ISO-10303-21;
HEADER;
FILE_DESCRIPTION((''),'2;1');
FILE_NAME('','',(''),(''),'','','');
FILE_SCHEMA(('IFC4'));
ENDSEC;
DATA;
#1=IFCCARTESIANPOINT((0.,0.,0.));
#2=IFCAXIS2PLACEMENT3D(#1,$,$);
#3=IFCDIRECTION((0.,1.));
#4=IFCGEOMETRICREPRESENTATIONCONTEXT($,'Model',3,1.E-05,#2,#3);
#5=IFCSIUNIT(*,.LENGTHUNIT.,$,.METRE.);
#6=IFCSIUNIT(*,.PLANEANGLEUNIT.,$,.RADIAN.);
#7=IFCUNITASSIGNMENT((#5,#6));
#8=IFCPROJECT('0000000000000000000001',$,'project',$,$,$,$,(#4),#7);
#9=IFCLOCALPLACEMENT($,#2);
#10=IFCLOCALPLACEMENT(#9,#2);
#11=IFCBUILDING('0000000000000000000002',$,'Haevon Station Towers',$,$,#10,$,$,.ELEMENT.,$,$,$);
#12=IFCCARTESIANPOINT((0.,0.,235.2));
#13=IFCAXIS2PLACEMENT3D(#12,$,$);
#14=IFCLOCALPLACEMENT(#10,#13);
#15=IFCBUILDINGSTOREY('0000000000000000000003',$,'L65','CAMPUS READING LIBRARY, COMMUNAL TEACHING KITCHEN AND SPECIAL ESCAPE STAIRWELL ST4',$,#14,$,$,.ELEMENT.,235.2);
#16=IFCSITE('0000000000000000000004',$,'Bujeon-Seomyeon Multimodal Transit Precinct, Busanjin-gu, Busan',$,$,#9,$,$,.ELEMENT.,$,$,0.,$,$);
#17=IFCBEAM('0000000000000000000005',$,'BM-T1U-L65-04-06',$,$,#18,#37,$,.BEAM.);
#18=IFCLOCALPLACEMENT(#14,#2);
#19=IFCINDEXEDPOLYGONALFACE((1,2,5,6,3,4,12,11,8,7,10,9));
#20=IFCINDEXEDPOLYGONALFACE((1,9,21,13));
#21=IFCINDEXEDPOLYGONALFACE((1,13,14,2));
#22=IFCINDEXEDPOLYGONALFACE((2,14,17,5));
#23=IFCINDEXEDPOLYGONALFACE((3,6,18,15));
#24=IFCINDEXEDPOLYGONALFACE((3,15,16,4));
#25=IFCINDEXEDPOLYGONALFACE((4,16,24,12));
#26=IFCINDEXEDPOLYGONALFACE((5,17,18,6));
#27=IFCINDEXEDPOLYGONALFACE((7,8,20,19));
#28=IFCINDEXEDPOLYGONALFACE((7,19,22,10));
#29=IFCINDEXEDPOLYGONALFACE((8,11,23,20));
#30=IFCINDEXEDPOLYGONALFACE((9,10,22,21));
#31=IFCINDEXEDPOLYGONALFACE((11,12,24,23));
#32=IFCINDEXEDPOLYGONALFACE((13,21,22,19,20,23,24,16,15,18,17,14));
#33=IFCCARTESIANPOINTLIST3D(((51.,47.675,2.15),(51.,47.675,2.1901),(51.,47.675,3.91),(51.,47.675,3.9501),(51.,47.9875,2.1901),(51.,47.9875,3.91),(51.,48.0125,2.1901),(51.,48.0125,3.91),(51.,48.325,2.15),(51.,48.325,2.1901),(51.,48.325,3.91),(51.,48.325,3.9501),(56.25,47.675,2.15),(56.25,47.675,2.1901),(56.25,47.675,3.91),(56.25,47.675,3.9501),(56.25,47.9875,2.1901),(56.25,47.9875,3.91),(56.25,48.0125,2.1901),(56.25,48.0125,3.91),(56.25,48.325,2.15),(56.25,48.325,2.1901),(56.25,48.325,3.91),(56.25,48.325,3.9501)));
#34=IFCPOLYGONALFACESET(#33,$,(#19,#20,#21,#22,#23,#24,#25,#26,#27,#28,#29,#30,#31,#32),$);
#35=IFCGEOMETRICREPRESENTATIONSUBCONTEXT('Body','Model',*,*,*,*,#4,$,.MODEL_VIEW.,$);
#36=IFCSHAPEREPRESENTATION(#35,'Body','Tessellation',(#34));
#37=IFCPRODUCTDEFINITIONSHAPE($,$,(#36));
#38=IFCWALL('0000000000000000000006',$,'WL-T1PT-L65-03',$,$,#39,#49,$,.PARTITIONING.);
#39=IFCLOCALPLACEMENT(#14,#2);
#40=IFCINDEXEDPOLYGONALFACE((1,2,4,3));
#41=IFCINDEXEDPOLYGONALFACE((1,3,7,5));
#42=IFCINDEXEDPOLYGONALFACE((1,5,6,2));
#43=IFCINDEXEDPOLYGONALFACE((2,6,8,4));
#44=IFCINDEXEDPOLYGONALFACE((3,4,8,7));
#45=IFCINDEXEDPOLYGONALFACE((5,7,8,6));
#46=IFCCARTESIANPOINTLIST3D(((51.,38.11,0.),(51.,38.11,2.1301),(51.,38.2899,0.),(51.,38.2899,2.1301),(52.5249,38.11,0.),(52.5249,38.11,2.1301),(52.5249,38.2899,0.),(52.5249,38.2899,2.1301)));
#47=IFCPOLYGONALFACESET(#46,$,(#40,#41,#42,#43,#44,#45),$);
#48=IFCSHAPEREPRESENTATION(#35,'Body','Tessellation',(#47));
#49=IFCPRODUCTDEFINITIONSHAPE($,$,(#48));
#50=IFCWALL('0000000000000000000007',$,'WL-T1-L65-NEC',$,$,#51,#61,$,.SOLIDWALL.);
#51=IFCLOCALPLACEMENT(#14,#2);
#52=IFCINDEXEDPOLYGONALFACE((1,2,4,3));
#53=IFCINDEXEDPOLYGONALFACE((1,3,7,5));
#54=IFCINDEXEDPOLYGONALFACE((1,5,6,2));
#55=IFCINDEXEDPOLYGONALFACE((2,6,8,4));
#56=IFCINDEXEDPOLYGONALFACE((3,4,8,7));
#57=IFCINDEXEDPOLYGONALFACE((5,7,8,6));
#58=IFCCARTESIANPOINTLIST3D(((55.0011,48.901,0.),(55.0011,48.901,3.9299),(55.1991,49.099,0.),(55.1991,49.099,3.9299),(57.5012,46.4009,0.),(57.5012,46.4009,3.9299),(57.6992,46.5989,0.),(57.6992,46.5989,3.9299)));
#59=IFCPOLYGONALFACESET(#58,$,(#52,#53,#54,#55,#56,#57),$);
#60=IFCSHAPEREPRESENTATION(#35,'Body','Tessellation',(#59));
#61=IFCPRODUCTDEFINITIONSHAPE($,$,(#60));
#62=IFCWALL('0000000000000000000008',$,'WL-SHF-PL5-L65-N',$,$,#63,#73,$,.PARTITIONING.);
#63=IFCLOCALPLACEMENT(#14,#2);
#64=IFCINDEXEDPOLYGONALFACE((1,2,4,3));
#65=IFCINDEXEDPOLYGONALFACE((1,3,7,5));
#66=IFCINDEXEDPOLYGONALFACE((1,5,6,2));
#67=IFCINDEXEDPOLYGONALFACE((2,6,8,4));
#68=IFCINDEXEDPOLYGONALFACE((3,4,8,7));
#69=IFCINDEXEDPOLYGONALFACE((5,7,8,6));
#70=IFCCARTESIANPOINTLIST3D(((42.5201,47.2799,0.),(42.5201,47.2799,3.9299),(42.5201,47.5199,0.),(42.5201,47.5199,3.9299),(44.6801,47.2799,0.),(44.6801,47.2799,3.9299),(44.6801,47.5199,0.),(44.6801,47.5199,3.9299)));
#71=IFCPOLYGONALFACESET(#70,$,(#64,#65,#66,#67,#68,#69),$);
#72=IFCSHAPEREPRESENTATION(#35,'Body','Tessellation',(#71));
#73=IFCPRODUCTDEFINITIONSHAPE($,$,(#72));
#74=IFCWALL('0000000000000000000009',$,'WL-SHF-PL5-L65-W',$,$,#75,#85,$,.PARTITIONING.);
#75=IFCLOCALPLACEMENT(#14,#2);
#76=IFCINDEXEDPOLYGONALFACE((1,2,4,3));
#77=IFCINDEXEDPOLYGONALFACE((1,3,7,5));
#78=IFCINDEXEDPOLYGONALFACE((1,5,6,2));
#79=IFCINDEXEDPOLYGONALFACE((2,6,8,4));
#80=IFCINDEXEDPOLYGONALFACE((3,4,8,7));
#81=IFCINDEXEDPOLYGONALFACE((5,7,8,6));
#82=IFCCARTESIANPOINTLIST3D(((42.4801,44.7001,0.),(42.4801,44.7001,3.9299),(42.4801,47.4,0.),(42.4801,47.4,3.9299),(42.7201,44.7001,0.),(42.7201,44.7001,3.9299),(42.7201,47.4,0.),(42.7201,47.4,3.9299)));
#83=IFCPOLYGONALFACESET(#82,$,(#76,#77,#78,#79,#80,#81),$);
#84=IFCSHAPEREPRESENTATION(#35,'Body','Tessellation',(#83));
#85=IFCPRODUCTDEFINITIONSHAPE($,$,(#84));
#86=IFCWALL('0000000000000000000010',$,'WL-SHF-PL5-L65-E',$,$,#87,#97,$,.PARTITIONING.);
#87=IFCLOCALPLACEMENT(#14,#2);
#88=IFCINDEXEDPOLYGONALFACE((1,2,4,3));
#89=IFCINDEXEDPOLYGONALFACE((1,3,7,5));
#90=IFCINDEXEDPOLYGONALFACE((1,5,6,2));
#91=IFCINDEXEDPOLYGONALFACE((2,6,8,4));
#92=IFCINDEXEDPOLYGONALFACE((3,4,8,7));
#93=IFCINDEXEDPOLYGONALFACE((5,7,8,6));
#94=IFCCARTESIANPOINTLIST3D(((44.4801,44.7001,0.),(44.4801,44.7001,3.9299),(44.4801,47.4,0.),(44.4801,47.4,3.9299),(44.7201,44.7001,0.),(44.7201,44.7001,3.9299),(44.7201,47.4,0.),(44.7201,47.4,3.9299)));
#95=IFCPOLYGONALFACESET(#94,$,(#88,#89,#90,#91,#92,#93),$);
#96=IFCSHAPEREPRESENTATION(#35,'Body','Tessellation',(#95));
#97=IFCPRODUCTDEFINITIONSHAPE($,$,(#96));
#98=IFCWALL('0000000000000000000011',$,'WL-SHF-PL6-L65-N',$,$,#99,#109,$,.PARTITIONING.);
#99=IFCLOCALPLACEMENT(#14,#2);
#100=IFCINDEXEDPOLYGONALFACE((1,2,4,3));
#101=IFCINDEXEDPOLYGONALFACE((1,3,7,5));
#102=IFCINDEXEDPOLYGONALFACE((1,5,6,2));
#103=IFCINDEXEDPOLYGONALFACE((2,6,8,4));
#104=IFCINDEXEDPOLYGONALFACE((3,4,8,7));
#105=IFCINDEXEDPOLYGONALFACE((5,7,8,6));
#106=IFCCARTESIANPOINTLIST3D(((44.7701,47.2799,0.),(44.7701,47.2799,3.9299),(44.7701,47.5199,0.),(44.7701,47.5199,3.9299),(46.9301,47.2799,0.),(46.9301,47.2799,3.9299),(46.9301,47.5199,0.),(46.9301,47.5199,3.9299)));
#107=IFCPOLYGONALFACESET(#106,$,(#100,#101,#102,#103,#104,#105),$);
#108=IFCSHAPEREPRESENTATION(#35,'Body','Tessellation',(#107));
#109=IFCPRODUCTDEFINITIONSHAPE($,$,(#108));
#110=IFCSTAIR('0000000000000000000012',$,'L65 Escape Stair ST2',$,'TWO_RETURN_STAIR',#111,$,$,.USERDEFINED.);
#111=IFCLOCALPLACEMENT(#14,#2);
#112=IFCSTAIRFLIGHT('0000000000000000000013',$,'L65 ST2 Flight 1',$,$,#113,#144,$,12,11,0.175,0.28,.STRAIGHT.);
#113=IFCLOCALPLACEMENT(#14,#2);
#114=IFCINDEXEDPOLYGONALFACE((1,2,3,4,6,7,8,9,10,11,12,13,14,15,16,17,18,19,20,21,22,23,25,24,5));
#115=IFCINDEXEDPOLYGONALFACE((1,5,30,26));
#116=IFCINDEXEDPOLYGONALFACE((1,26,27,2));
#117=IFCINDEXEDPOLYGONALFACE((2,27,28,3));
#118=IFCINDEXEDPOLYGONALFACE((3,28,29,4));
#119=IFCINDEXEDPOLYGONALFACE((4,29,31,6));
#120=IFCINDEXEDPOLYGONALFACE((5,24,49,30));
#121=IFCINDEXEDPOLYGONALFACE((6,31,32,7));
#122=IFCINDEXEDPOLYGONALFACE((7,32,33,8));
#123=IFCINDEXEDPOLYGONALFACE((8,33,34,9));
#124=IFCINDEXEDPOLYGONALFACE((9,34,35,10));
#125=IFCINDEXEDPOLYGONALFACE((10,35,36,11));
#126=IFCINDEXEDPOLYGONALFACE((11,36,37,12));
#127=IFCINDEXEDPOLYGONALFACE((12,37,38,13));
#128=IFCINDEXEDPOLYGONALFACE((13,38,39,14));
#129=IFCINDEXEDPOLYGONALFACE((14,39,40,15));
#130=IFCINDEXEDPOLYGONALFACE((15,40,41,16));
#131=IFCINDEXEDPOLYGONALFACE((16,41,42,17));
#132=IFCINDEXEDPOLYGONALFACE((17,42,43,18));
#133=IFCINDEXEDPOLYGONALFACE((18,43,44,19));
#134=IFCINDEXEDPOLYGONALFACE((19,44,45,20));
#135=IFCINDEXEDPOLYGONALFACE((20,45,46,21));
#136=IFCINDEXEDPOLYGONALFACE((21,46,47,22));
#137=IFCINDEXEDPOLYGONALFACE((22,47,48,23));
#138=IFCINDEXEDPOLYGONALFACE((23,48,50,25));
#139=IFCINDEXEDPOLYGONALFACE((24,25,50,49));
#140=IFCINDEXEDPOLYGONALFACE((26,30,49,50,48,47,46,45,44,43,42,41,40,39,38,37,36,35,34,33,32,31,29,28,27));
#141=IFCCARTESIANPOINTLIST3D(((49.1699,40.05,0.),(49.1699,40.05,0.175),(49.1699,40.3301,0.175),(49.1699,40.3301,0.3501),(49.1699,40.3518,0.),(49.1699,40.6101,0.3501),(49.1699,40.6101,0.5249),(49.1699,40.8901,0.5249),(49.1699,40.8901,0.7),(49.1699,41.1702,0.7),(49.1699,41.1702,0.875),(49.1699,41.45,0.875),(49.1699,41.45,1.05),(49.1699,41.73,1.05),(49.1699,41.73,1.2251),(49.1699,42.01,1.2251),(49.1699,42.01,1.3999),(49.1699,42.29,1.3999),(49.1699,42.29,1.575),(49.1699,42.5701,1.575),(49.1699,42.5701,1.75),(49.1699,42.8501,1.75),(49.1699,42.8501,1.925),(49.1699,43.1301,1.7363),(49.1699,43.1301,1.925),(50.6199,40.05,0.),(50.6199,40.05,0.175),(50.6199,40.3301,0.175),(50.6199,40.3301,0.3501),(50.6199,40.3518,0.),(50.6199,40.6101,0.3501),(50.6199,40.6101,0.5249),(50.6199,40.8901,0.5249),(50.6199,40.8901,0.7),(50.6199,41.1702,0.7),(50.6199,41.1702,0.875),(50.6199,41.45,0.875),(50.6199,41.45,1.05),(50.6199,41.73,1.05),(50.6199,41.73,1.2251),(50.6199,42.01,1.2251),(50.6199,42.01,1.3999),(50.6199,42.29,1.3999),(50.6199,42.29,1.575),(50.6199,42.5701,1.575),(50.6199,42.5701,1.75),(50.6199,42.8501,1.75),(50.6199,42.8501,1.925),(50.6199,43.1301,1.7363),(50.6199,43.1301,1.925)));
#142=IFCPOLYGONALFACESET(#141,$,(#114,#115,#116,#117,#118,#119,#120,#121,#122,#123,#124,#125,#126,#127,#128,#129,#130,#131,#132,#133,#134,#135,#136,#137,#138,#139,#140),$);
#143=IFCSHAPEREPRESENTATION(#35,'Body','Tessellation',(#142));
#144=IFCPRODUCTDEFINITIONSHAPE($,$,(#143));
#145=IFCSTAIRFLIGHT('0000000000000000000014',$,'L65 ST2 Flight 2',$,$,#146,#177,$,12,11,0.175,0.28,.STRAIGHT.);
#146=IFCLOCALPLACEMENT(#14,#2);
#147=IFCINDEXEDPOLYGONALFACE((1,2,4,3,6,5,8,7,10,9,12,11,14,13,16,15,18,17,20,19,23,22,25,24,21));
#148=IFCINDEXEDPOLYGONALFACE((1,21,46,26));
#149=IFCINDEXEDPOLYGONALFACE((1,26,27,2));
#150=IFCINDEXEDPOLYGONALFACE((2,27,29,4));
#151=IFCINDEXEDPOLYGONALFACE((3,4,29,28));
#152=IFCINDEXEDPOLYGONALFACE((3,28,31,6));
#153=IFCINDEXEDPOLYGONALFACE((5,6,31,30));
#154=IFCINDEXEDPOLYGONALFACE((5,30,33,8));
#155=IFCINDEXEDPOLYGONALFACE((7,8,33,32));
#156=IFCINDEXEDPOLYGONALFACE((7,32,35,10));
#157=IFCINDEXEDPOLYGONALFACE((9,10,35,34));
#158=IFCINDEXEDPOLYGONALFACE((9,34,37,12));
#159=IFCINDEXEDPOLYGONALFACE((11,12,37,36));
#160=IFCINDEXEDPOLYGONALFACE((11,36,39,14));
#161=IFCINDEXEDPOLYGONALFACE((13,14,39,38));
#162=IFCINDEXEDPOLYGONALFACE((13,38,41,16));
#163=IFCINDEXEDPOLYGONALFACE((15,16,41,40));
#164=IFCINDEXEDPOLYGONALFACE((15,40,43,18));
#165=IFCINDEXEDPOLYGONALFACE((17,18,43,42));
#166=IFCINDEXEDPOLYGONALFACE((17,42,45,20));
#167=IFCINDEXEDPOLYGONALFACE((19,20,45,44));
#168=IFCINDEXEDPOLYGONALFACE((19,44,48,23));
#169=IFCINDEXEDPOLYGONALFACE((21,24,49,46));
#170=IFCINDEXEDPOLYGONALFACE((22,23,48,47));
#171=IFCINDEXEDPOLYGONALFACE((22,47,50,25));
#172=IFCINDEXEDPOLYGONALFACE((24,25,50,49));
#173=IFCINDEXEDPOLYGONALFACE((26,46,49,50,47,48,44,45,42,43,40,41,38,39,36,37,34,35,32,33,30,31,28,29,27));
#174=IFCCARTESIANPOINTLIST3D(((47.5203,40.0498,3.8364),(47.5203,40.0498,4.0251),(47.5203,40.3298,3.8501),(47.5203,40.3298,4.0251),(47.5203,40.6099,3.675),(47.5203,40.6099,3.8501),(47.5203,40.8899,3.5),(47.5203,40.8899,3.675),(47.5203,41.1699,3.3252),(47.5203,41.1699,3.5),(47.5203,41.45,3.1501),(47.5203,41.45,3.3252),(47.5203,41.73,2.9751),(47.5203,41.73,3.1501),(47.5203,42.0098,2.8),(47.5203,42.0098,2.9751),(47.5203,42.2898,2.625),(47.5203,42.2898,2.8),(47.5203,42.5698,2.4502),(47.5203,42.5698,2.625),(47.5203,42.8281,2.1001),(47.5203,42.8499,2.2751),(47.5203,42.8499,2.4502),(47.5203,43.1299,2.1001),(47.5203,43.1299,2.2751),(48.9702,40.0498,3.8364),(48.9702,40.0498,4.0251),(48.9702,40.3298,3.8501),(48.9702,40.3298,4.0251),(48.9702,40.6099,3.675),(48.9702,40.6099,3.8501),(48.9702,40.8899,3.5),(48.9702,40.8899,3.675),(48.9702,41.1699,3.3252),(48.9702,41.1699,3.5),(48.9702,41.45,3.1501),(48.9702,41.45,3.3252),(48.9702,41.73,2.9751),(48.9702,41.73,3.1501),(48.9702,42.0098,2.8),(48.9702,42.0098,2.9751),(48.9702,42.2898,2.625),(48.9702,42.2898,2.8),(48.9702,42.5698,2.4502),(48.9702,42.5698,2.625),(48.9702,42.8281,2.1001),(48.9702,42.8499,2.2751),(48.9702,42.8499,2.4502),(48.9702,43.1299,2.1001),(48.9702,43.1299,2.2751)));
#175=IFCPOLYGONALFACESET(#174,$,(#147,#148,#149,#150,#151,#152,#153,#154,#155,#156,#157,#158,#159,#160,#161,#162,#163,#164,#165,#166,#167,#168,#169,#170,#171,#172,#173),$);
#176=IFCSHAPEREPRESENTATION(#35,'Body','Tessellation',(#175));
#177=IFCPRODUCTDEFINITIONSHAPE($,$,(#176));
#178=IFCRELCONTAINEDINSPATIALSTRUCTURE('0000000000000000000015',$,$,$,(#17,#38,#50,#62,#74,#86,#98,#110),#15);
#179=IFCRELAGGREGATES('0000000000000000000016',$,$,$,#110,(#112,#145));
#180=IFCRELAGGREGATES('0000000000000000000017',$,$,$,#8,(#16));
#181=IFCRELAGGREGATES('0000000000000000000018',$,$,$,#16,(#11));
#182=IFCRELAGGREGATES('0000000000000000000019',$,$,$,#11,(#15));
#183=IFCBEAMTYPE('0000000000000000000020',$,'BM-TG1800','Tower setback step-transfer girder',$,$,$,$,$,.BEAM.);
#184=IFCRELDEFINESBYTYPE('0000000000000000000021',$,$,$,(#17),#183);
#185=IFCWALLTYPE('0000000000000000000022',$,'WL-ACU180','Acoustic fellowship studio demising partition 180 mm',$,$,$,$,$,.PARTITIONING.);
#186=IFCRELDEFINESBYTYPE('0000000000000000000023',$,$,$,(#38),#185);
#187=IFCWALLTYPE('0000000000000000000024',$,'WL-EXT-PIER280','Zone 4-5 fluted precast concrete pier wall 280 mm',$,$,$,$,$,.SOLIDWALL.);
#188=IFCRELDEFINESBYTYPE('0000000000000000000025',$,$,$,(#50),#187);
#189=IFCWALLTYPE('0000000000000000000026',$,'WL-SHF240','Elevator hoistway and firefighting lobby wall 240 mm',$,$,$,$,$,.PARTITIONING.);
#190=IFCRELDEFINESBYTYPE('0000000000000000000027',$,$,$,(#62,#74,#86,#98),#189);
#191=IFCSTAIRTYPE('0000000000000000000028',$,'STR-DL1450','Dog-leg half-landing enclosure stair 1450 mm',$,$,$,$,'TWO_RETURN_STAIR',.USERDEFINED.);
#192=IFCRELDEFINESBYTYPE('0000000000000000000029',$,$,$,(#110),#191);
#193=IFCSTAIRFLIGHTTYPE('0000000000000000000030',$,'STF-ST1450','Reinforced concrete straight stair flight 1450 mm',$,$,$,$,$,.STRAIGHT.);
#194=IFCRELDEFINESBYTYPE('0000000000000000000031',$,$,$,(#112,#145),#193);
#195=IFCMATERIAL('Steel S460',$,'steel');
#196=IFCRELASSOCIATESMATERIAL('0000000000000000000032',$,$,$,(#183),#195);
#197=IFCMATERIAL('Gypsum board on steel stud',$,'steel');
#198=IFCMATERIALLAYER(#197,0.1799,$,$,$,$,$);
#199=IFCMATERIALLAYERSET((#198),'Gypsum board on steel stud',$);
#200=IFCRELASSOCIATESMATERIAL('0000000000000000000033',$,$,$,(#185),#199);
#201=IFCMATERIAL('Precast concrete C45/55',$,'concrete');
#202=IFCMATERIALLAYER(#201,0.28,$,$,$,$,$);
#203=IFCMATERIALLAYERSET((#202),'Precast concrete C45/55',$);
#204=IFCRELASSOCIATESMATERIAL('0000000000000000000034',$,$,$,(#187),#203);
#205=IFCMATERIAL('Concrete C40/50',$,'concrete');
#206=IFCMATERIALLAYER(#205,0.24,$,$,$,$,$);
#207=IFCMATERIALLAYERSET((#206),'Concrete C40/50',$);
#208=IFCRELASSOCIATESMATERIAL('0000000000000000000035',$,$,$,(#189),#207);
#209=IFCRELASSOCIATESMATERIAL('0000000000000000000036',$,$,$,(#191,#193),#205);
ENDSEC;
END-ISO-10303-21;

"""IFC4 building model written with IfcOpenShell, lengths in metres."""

from ifc_helpers import new_model, si_unit, direction, frame, frame_2d, origin, origin_2d, place, context, subcontext, project, spatial, polyline, rectangle, i_section, outline, extrude, material, layer, layer_set, material_profile, profile_set, type_object, element, aggregate, save


model = new_model("IFC4")

# Units and contexts
model_context = context("Model", 3, precision=1e-05, world=origin(), true_north=direction((0.0, 1.0)))
body_context = subcontext(model_context, "Body", "Model", "MODEL_VIEW")
ifc_project = project(units=[si_unit("LENGTHUNIT", "METRE"), si_unit("PLANEANGLEUNIT", "RADIAN")], contexts=[model_context])

# Site, building, storey
site_placement = place(None, origin())
site = spatial("IfcSite", under=ifc_project, at=site_placement, Name="Bujeon-Seomyeon Multimodal Transit Precinct, Busanjin-gu, Busan", CompositionType="ELEMENT", RefElevation=0.0)
building_placement = place(site_placement, origin())
building = spatial("IfcBuilding", under=site, at=building_placement, Name="Haevon Station Towers", CompositionType="ELEMENT")
storey_placement = place(building_placement, frame((0.0, 0.0, 235.2)))
storey = spatial("IfcBuildingStorey", under=building, at=storey_placement, Name="L65", Description="CAMPUS READING LIBRARY, COMMUNAL TEACHING KITCHEN AND SPECIAL ESCAPE STAIRWELL ST4", CompositionType="ELEMENT", Elevation=235.2)

# Beam
ifc_material_1 = material(Name="Steel S460", Category="steel")
ifc_material_profile_1 = material_profile(ifc_material_1, i_section(OverallWidth=0.6499, OverallDepth=1.8, WebThickness=0.0249, FlangeThickness=0.04, at=origin_2d()), Name="H-1800x650x25x40")
ifc_profile_set_1 = profile_set([ifc_material_profile_1], Name="Steel S460")
beam_type_1 = type_object("IfcBeamType", Name="BM-TG1800", Description="Tower setback step-transfer girder", PredefinedType="BEAM", material=ifc_profile_set_1)
beam_1_placement = place(storey_placement, frame((51.0, 48.0, 3.05), z_axis=(1.0, 0.0, 0.0), x_axis=(0.0, 1.0, 0.0)))
element("IfcBeam", 1, at=beam_1_placement, inside=storey, type_object=beam_type_1, Name="BM-T1U-L65-04-06", PredefinedType="BEAM", context=body_context, shape_type="SweptSolid", body=[
    extrude(i_section(OverallWidth=0.6499, OverallDepth=1.8, WebThickness=0.0249, FlangeThickness=0.04, at=origin_2d()), origin(), (0.0, 0.0, 1.0), 5.25),
])

# Walls
ifc_material_2 = material(Name="Gypsum board on steel stud", Category="steel")
ifc_layer_1 = layer(ifc_material_2, 0.1799)
ifc_layer_set_1 = layer_set([ifc_layer_1], Name="Gypsum board on steel stud")
wall_type_1 = type_object("IfcWallType", Name="WL-ACU180", Description="Acoustic fellowship studio demising partition 180 mm", PredefinedType="PARTITIONING", material=ifc_layer_set_1)
wall_1_placement = place(storey_placement, frame((51.0, 38.2, 0.0), z_axis=(0.0, 0.0, 1.0), x_axis=(1.0, 0.0, 0.0)))
element("IfcWall", 2, at=wall_1_placement, inside=storey, type_object=wall_type_1, Name="WL-T1PT-L65-03", PredefinedType="PARTITIONING", context=body_context, shape_type="SweptSolid", body=[
    extrude(rectangle(XDim=1.5249, YDim=0.1799, at=frame_2d((0.7625, 0.0))), origin(), (0.0, 0.0, 1.0), 2.1301),
])
ifc_material_3 = material(Name="Precast concrete C45/55", Category="concrete")
ifc_layer_2 = layer(ifc_material_3, 0.28)
ifc_layer_set_2 = layer_set([ifc_layer_2], Name="Precast concrete C45/55")
wall_type_2 = type_object("IfcWallType", Name="WL-EXT-PIER280", Description="Zone 4-5 fluted precast concrete pier wall 280 mm", PredefinedType="SOLIDWALL", material=ifc_layer_set_2)
wall_2_placement = place(storey_placement, frame((55.1001, 49.0, 0.0), z_axis=(0.0, 0.0, 1.0), x_axis=(0.707107, -0.707107, 0.0)))
element("IfcWall", 3, at=wall_2_placement, inside=storey, type_object=wall_type_2, Name="WL-T1-L65-NEC", PredefinedType="SOLIDWALL", context=body_context, shape_type="SweptSolid", body=[
    extrude(rectangle(XDim=3.5356, YDim=0.28, at=frame_2d((1.7678, 0.0))), origin(), (0.0, 0.0, 1.0), 3.9299),
])
ifc_material_4 = material(Name="Concrete C40/50", Category="concrete")
ifc_layer_3 = layer(ifc_material_4, 0.24)
ifc_layer_set_3 = layer_set([ifc_layer_3], Name="Concrete C40/50")
wall_type_3 = type_object("IfcWallType", Name="WL-SHF240", Description="Elevator hoistway and firefighting lobby wall 240 mm", PredefinedType="PARTITIONING", material=ifc_layer_set_3)
wall_3_placement = place(storey_placement, frame((42.52, 47.3999, 0.0), z_axis=(0.0, 0.0, 1.0), x_axis=(1.0, 0.0, 0.0)))
element("IfcWall", 4, at=wall_3_placement, inside=storey, type_object=wall_type_3, Name="WL-SHF-PL5-L65-N", PredefinedType="PARTITIONING", context=body_context, shape_type="SweptSolid", body=[
    extrude(rectangle(XDim=2.1599, YDim=0.24, at=frame_2d((1.0801, 0.0))), origin(), (0.0, 0.0, 1.0), 3.9299),
])
for number, where, z_axis, x_axis, name in (
    (5, (42.6001, 44.7, 0.0), (0.0, 0.0, 1.0), (0.0, 1.0, 0.0), "WL-SHF-PL5-L65-W"),
    (6, (44.6001, 44.7, 0.0), (0.0, 0.0, 1.0), (0.0, 1.0, 0.0), "WL-SHF-PL5-L65-E"),
):
    element("IfcWall", number, at=place(storey_placement, frame(where, z_axis=z_axis, x_axis=x_axis)), inside=storey, type_object=wall_type_3, Name=name, PredefinedType="PARTITIONING", context=body_context, shape_type="SweptSolid", body=[
        extrude(rectangle(XDim=2.7, YDim=0.24, at=frame_2d((1.3501, 0.0))), origin(), (0.0, 0.0, 1.0), 3.9299),
    ])

# Wall
wall_4_placement = place(storey_placement, frame((44.77, 47.3999, 0.0), z_axis=(0.0, 0.0, 1.0), x_axis=(1.0, 0.0, 0.0)))
element("IfcWall", 7, at=wall_4_placement, inside=storey, type_object=wall_type_3, Name="WL-SHF-PL6-L65-N", PredefinedType="PARTITIONING", context=body_context, shape_type="SweptSolid", body=[
    extrude(rectangle(XDim=2.1599, YDim=0.24, at=frame_2d((1.0801, 0.0))), origin(), (0.0, 0.0, 1.0), 3.9299),
])

# Stair, stair flights
stair_type = type_object("IfcStairType", Name="STR-DL1450", Description="Dog-leg half-landing enclosure stair 1450 mm", ElementType="TWO_RETURN_STAIR", PredefinedType="USERDEFINED", material=ifc_material_4)
stair_placement = place(storey_placement, origin())
stair = element("IfcStair", 8, at=stair_placement, inside=storey, type_object=stair_type, Name="L65 Escape Stair ST2", ObjectType="TWO_RETURN_STAIR", PredefinedType="USERDEFINED")
stair_flight_type = type_object("IfcStairFlightType", Name="STF-ST1450", Description="Reinforced concrete straight stair flight 1450 mm", PredefinedType="STRAIGHT", material=ifc_material_4)
stair_flight_1_placement = place(storey_placement, frame((49.895, 40.05, 0.0), z_axis=(0.0, 0.0, 1.0), x_axis=(0.0, 1.0, 0.0)))
stair_flight_1 = element("IfcStairFlight", 9, at=stair_flight_1_placement, type_object=stair_flight_type, Name="L65 ST2 Flight 1", NumberOfRisers=12, NumberOfTreads=11, PredefinedType="STRAIGHT", RiserHeight=0.175, TreadLength=0.28, context=body_context, shape_type="SweptSolid", body=[
    extrude(outline(polyline([(0.0, 0.0), (0.0, 0.175), (0.28, 0.175), (0.28, 0.3501), (0.5601, 0.3501), (0.5601, 0.5249), (0.8401, 0.5249), (0.8401, 0.7), (1.1201, 0.7), (1.1201, 0.875), (1.3999, 0.875), (1.3999, 1.05), (1.6799, 1.05), (1.6799, 1.2251), (1.96, 1.2251), (1.96, 1.3999), (2.24, 1.3999), (2.24, 1.575), (2.52, 1.575), (2.52, 1.75), (2.8, 1.75), (2.8, 1.925), (3.0801, 1.925), (3.0801, 2.1001), (3.0801, 1.7363), (0.3018, 0.0), (0.0, 0.0)])), frame((0.0, 0.7251, 0.0), z_axis=(0.0, -1.0, 0.0), x_axis=(1.0, 0.0, 0.0)), (0.0, 0.0, 1.0), 1.45),
])
stair_flight_2_placement = place(storey_placement, frame((48.2451, 43.1299, 2.1001), z_axis=(0.0, 0.0, 1.0), x_axis=(0.0, -1.0, 0.0)))
stair_flight_2 = element("IfcStairFlight", 10, at=stair_flight_2_placement, type_object=stair_flight_type, Name="L65 ST2 Flight 2", NumberOfRisers=12, NumberOfTreads=11, PredefinedType="STRAIGHT", RiserHeight=0.175, TreadLength=0.28, context=body_context, shape_type="SweptSolid", body=[
    extrude(outline(polyline([(0.0, 0.0), (0.0, 0.175), (0.28, 0.175), (0.28, 0.3501), (0.5601, 0.3501), (0.5601, 0.5249), (0.8401, 0.5249), (0.8401, 0.7), (1.1201, 0.7), (1.1201, 0.875), (1.3999, 0.875), (1.3999, 1.05), (1.6799, 1.05), (1.6799, 1.2251), (1.96, 1.2251), (1.96, 1.3999), (2.24, 1.3999), (2.24, 1.575), (2.52, 1.575), (2.52, 1.75), (2.8, 1.75), (2.8, 1.925), (3.0801, 1.925), (3.0801, 2.1001), (3.0801, 1.7363), (0.3018, 0.0), (0.0, 0.0)])), frame((0.0, 0.7251, 0.0), z_axis=(0.0, -1.0, 0.0), x_axis=(1.0, 0.0, 0.0)), (0.0, 0.0, 1.0), 1.45),
])
aggregate(stair, [stair_flight_1, stair_flight_2])

save(model, "model.ifc")
